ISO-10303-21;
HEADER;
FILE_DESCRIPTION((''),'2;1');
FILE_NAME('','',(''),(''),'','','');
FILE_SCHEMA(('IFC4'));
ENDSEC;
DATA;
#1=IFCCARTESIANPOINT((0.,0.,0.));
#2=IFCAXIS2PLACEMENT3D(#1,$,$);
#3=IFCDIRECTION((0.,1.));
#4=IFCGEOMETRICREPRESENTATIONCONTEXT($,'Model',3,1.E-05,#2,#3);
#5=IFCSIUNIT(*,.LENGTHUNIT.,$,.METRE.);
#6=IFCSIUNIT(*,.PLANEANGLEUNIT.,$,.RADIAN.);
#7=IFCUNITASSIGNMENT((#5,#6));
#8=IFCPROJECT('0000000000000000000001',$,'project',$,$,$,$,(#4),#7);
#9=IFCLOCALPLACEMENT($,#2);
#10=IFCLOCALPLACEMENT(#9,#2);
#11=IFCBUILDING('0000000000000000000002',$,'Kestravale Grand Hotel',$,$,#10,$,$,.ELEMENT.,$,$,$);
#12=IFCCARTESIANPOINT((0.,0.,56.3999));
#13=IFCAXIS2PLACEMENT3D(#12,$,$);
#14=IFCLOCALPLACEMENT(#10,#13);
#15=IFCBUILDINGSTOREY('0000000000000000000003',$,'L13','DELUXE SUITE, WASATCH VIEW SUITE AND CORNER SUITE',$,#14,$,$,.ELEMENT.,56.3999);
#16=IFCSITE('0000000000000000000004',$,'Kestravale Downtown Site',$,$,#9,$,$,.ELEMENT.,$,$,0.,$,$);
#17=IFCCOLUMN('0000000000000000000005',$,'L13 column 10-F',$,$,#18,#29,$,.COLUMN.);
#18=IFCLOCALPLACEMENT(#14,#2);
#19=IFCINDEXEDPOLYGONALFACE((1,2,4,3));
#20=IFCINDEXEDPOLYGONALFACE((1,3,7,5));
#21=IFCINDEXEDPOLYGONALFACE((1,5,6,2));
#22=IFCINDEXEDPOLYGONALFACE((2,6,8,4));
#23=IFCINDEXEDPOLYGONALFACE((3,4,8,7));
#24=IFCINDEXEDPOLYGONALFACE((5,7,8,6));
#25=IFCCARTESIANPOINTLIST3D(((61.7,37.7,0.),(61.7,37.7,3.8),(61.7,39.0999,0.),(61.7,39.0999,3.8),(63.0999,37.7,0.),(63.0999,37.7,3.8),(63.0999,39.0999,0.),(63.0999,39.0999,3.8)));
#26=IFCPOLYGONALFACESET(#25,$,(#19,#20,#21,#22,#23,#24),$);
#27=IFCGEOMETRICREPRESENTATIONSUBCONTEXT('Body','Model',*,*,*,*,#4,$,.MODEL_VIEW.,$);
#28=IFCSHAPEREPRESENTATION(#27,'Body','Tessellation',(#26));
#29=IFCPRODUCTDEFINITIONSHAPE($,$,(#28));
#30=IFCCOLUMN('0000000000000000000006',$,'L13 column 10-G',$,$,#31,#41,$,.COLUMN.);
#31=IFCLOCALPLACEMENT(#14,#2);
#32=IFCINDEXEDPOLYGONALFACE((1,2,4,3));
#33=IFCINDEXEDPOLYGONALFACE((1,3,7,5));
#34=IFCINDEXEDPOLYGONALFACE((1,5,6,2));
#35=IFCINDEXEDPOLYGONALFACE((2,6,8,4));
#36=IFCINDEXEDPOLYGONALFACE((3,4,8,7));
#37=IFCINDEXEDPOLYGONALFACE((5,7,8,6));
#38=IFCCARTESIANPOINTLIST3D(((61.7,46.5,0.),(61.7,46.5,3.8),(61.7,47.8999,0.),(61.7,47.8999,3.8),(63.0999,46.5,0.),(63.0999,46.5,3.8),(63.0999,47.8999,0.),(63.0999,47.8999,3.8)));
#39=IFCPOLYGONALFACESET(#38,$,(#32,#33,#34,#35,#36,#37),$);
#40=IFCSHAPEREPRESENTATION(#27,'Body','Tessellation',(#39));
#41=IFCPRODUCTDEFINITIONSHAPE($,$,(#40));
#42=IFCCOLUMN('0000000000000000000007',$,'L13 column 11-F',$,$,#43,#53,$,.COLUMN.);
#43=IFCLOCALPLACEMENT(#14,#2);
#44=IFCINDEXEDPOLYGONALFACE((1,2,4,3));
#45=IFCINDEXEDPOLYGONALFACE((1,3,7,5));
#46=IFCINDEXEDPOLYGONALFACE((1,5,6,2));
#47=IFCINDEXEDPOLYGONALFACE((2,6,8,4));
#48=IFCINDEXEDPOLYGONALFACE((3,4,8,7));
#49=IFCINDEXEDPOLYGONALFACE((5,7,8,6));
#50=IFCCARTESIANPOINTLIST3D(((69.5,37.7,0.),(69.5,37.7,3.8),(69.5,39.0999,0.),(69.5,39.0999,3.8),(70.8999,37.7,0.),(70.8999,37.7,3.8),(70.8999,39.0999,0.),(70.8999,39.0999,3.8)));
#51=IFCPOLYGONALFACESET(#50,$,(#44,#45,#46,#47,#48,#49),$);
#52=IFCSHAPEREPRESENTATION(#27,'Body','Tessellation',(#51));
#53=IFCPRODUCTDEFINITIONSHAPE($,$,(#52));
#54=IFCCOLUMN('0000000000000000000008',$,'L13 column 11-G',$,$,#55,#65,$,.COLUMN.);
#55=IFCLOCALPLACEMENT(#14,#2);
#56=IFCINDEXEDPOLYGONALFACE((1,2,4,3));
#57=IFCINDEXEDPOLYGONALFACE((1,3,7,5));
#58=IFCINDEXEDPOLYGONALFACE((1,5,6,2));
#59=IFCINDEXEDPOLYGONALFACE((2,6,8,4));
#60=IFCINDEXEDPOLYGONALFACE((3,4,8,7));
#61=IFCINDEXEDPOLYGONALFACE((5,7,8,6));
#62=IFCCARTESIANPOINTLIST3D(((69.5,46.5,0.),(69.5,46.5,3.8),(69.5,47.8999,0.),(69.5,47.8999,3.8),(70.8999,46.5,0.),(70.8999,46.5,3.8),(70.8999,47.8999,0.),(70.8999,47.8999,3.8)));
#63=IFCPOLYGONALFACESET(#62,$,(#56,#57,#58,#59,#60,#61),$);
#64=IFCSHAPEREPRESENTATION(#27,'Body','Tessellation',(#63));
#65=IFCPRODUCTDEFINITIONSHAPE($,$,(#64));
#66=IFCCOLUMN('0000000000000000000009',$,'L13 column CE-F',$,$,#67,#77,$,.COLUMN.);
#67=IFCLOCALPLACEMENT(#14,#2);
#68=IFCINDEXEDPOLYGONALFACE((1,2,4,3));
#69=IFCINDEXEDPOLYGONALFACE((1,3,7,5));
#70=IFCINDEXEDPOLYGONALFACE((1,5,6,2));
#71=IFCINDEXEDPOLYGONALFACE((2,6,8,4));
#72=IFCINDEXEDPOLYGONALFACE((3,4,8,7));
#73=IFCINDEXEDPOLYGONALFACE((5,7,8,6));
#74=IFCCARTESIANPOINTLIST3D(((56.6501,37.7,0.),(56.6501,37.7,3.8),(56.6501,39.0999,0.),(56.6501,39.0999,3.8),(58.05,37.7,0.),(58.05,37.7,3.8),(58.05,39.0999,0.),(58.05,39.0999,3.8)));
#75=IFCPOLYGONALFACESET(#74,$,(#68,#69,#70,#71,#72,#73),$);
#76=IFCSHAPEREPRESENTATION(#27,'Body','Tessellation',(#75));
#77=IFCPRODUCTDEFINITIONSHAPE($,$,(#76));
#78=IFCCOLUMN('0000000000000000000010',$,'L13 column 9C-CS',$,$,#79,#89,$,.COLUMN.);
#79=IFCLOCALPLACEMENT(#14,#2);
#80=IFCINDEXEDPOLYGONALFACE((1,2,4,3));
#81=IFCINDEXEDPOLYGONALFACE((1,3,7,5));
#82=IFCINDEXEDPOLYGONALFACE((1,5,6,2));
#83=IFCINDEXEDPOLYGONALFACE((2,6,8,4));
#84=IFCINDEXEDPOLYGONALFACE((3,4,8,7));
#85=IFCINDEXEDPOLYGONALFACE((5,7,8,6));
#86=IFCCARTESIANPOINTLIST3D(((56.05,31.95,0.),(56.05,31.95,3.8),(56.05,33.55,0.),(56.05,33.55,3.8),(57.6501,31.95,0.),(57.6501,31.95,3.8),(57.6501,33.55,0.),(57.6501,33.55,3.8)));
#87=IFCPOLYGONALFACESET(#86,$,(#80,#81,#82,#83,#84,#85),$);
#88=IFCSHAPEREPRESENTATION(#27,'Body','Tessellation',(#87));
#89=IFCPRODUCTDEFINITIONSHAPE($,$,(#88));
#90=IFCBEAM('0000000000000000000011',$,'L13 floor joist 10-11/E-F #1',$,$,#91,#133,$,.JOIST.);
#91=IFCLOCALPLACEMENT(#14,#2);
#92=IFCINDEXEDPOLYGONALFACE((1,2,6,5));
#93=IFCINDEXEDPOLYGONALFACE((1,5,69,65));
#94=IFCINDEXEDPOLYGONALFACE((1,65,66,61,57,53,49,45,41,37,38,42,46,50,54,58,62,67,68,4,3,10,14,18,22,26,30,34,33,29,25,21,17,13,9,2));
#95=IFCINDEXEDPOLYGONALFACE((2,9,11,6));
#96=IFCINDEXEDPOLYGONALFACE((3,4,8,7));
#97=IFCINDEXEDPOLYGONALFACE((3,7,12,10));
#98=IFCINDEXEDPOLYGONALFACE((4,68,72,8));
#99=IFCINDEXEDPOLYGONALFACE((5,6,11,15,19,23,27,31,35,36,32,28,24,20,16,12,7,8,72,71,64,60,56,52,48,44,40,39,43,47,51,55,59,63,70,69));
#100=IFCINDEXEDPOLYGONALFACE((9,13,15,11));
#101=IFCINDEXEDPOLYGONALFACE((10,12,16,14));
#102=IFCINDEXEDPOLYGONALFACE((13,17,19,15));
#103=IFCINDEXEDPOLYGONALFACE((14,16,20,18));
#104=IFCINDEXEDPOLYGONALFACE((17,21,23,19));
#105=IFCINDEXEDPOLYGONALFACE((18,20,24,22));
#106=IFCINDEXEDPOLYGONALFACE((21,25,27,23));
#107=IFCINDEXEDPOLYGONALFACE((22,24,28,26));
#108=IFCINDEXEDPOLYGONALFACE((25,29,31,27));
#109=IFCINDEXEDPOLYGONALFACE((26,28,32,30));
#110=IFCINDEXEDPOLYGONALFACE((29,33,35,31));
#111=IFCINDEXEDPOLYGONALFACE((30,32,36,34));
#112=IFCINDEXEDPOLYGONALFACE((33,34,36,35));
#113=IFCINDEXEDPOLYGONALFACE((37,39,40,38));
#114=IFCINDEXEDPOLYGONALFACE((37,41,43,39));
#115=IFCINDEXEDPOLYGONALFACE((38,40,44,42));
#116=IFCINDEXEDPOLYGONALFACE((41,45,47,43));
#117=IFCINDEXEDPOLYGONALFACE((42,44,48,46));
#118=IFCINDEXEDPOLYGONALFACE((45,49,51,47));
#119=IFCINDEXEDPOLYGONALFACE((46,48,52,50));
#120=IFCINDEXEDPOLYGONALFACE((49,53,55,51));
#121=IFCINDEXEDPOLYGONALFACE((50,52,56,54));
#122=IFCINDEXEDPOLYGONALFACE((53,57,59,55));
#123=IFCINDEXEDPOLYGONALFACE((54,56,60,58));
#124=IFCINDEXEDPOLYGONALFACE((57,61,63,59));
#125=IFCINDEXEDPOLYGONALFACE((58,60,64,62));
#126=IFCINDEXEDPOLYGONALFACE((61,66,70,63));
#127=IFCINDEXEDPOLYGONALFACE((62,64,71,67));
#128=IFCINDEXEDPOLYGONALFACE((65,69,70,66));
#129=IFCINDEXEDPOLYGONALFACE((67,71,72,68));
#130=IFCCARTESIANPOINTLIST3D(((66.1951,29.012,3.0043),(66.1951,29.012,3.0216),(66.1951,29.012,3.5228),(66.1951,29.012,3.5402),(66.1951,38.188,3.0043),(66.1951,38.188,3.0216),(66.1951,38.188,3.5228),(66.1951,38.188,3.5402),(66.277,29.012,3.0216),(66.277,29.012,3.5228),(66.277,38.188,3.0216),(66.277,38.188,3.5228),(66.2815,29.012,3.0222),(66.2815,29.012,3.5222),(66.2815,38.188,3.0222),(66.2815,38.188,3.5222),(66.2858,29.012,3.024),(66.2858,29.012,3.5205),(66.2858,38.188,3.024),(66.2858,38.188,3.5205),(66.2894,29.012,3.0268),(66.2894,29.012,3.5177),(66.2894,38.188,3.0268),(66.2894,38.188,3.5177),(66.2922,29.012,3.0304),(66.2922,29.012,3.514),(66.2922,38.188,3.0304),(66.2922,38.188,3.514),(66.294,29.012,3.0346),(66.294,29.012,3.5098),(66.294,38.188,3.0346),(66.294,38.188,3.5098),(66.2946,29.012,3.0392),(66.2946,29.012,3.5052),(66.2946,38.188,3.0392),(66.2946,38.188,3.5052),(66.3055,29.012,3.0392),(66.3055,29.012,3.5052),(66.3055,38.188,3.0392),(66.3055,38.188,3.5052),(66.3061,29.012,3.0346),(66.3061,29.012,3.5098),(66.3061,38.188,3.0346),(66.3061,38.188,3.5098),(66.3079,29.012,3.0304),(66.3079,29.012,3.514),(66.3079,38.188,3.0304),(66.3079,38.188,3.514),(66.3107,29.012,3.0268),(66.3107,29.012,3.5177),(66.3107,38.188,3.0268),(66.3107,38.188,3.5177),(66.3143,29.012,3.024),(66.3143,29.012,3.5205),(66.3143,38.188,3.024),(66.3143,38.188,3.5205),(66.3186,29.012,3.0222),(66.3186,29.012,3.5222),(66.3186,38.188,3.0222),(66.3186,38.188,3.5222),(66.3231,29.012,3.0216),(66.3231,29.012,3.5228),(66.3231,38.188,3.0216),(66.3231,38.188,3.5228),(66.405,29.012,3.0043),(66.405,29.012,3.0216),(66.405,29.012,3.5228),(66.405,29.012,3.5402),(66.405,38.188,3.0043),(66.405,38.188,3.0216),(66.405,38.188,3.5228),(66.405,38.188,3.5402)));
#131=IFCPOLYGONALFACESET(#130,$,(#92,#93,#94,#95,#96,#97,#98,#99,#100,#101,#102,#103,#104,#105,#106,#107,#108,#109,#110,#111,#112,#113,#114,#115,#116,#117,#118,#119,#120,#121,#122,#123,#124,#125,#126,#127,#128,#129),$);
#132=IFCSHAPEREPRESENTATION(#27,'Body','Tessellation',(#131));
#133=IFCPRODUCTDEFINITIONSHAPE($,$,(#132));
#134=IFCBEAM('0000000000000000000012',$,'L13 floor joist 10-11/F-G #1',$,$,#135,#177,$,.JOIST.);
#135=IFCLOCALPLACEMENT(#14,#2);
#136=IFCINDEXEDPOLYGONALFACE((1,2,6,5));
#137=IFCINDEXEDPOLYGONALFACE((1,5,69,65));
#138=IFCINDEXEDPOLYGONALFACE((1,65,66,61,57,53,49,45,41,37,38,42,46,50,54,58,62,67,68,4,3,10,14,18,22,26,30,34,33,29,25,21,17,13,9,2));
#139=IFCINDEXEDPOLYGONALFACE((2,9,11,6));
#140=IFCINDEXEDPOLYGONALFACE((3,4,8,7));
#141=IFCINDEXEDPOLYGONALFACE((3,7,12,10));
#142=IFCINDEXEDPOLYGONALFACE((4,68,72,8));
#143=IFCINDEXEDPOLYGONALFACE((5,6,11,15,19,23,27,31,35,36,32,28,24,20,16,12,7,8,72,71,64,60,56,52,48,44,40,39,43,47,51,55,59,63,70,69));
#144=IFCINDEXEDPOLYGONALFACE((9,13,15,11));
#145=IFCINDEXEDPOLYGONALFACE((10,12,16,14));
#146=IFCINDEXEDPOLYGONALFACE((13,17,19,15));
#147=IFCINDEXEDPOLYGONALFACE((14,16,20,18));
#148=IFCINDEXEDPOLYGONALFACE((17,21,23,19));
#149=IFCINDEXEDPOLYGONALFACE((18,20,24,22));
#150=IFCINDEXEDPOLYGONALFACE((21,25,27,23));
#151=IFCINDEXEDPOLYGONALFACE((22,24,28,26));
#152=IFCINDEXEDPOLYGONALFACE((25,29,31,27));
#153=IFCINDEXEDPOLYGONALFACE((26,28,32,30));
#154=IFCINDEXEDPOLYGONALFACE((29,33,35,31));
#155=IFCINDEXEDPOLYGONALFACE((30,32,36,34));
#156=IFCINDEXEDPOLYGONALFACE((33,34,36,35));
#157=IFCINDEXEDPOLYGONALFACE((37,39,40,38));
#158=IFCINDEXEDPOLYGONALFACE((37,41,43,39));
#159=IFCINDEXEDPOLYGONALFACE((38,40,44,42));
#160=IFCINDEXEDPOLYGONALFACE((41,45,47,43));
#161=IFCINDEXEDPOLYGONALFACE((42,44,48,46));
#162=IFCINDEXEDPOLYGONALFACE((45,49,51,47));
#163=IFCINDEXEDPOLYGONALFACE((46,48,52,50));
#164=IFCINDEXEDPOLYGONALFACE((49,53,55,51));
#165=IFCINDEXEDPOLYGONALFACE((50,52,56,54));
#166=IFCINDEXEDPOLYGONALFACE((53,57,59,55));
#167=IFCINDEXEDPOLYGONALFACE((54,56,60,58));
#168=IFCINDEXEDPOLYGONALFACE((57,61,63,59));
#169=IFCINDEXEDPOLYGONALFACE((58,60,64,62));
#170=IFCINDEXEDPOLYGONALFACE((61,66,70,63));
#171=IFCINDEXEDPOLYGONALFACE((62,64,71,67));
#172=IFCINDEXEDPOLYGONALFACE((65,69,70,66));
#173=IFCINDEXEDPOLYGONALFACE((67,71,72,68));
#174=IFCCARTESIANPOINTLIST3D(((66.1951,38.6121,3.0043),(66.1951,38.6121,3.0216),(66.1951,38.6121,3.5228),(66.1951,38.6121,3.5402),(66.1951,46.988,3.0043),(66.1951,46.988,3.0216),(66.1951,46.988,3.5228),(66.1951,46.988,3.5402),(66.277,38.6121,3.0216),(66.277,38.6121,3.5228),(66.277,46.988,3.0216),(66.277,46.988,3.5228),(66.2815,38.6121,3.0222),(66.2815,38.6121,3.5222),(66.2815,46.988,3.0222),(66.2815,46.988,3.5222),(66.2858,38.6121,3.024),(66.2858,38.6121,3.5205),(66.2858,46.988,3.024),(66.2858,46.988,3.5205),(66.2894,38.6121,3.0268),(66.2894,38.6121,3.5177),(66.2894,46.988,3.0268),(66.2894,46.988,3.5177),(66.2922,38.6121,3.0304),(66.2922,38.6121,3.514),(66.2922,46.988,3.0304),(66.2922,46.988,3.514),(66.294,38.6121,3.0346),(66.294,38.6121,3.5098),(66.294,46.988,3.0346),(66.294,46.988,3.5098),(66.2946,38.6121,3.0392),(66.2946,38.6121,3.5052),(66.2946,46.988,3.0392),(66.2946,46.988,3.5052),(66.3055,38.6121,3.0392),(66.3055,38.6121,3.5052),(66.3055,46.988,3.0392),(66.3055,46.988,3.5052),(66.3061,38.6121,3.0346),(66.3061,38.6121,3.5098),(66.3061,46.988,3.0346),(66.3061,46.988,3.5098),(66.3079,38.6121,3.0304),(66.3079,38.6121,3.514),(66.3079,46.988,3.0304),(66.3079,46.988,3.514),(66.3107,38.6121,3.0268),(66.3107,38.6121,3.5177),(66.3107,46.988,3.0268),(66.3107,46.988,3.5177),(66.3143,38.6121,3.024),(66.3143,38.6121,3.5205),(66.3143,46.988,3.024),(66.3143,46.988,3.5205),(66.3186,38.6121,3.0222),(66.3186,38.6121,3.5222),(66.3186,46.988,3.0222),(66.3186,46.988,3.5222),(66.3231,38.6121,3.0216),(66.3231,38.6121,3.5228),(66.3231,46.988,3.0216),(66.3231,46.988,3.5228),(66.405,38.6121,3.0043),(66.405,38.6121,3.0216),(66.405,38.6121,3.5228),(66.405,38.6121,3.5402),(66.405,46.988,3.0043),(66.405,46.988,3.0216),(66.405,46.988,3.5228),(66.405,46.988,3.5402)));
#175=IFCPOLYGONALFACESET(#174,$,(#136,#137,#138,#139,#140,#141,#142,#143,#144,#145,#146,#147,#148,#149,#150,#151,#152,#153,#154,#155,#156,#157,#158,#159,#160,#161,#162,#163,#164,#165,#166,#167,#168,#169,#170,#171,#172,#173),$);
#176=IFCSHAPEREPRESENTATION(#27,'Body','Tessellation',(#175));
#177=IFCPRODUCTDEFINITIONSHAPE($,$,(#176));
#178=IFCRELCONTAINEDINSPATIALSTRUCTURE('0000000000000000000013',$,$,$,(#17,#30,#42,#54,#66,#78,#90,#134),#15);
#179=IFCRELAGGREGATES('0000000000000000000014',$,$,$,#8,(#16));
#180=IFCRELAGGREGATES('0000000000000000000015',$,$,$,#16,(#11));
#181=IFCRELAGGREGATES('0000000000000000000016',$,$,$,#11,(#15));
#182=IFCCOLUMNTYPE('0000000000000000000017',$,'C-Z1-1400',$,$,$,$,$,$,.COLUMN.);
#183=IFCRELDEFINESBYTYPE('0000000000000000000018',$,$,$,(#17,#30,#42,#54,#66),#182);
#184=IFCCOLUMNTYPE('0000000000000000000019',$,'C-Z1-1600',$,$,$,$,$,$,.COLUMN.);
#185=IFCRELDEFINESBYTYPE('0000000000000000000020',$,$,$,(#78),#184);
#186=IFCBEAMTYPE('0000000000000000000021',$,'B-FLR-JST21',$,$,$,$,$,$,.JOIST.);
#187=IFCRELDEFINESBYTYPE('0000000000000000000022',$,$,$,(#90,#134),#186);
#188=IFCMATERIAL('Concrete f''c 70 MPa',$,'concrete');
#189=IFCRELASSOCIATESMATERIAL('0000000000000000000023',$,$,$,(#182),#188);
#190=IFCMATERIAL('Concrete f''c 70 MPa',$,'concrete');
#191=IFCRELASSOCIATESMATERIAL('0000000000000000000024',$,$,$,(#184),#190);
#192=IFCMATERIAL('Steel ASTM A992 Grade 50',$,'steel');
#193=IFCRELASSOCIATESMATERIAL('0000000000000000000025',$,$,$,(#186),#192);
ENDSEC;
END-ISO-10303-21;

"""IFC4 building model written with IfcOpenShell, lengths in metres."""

from ifc_helpers import new_model, si_unit, direction, frame, origin, origin_2d, place, context, subcontext, project, spatial, rectangle, i_section, extrude, material, material_profile, profile_set, type_object, element, save


model = new_model("IFC4")

# Units and contexts
model_context = context("Model", 3, precision=1e-05, world=origin(), true_north=direction((0.0, 1.0)))
body_context = subcontext(model_context, "Body", "Model", "MODEL_VIEW")
ifc_project = project(units=[si_unit("LENGTHUNIT", "METRE"), si_unit("PLANEANGLEUNIT", "RADIAN")], contexts=[model_context])

# Site, building, storey
site_placement = place(None, origin())
site = spatial("IfcSite", under=ifc_project, at=site_placement, Name="Kestravale Downtown Site", CompositionType="ELEMENT", RefElevation=0.0)
building_placement = place(site_placement, origin())
building = spatial("IfcBuilding", under=site, at=building_placement, Name="Kestravale Grand Hotel", CompositionType="ELEMENT")
storey_placement = place(building_placement, frame((0.0, 0.0, 56.3999)))
storey = spatial("IfcBuildingStorey", under=building, at=storey_placement, Name="L13", Description="DELUXE SUITE, WASATCH VIEW SUITE AND CORNER SUITE", CompositionType="ELEMENT", Elevation=56.3999)

# Columns
ifc_material_1 = material(Name="Concrete f'c 70 MPa", Category="concrete")
ifc_material_profile_1 = material_profile(ifc_material_1, rectangle(XDim=1.3999, YDim=1.3999, at=origin_2d()))
ifc_profile_set_1 = profile_set([ifc_material_profile_1], Name="Concrete f'c 70 MPa")
column_type_1 = type_object("IfcColumnType", Name="C-Z1-1400", PredefinedType="COLUMN", material=ifc_profile_set_1)
for number, where, z_axis, x_axis, name in (
    (1, (62.3999, 38.3999, 0.0), (0.0, 0.0, 1.0), (1.0, 0.0, 0.0), "L13 column 10-F"),
    (2, (62.3999, 47.2, 0.0), (0.0, 0.0, 1.0), (1.0, 0.0, 0.0), "L13 column 10-G"),
    (3, (70.2, 38.3999, 0.0), (0.0, 0.0, 1.0), (1.0, 0.0, 0.0), "L13 column 11-F"),
    (4, (70.2, 47.2, 0.0), (0.0, 0.0, 1.0), (1.0, 0.0, 0.0), "L13 column 11-G"),
    (5, (57.3501, 38.3999, 0.0), (0.0, 0.0, 1.0), (1.0, 0.0, 0.0), "L13 column CE-F"),
):
    element("IfcColumn", number, at=place(storey_placement, frame(where, z_axis=z_axis, x_axis=x_axis)), inside=storey, type_object=column_type_1, Name=name, PredefinedType="COLUMN", context=body_context, shape_type="SweptSolid", body=[
        extrude(rectangle(XDim=1.3999, YDim=1.3999, at=origin_2d()), origin(), (0.0, 0.0, 1.0), 3.8),
    ])
ifc_material_2 = material(Name="Concrete f'c 70 MPa", Category="concrete")
ifc_material_profile_2 = material_profile(ifc_material_2, rectangle(XDim=1.6001, YDim=1.6001, at=origin_2d()))
ifc_profile_set_2 = profile_set([ifc_material_profile_2], Name="Concrete f'c 70 MPa")
column_type_2 = type_object("IfcColumnType", Name="C-Z1-1600", PredefinedType="COLUMN", material=ifc_profile_set_2)
column_placement = place(storey_placement, frame((56.8501, 32.75, 0.0), z_axis=(0.0, 0.0, 1.0), x_axis=(1.0, 0.0, 0.0)))
element("IfcColumn", 6, at=column_placement, inside=storey, type_object=column_type_2, Name="L13 column 9C-CS", PredefinedType="COLUMN", context=body_context, shape_type="SweptSolid", body=[
    extrude(rectangle(XDim=1.6001, YDim=1.6001, at=origin_2d()), origin(), (0.0, 0.0, 1.0), 3.8),
])

# Beams
ifc_material_3 = material(Name="Steel ASTM A992 Grade 50", Category="steel")
ifc_material_profile_3 = material_profile(ifc_material_3, i_section(OverallWidth=0.21, OverallDepth=0.5359, WebThickness=0.011, FlangeThickness=0.0173, FilletRadius=0.0176, at=origin_2d()))
ifc_profile_set_3 = profile_set([ifc_material_profile_3], Name="Steel ASTM A992 Grade 50")
beam_type_1 = type_object("IfcBeamType", Name="B-FLR-JST21", PredefinedType="JOIST", material=ifc_profile_set_3)
beam_1_placement = place(storey_placement, frame((66.3, 29.012, 3.2722), z_axis=(0.0, 1.0, 0.0), x_axis=(-1.0, 0.0, 0.0)))
element("IfcBeam", 7, at=beam_1_placement, inside=storey, type_object=beam_type_1, Name="L13 floor joist 10-11/E-F #1", PredefinedType="JOIST", context=body_context, shape_type="SweptSolid", body=[
    extrude(i_section(OverallWidth=0.21, OverallDepth=0.5359, WebThickness=0.011, FlangeThickness=0.0173, FilletRadius=0.0176, at=origin_2d()), origin(), (0.0, 0.0, 1.0), 9.176),
])
beam_2_placement = place(storey_placement, frame((66.3, 38.6121, 3.2722), z_axis=(0.0, 1.0, 0.0), x_axis=(-1.0, 0.0, 0.0)))
element("IfcBeam", 8, at=beam_2_placement, inside=storey, type_object=beam_type_1, Name="L13 floor joist 10-11/F-G #1", PredefinedType="JOIST", context=body_context, shape_type="SweptSolid", body=[
    extrude(i_section(OverallWidth=0.21, OverallDepth=0.5359, WebThickness=0.011, FlangeThickness=0.0173, FilletRadius=0.0176, at=origin_2d()), origin(), (0.0, 0.0, 1.0), 8.376),
])

save(model, "model.ifc")
